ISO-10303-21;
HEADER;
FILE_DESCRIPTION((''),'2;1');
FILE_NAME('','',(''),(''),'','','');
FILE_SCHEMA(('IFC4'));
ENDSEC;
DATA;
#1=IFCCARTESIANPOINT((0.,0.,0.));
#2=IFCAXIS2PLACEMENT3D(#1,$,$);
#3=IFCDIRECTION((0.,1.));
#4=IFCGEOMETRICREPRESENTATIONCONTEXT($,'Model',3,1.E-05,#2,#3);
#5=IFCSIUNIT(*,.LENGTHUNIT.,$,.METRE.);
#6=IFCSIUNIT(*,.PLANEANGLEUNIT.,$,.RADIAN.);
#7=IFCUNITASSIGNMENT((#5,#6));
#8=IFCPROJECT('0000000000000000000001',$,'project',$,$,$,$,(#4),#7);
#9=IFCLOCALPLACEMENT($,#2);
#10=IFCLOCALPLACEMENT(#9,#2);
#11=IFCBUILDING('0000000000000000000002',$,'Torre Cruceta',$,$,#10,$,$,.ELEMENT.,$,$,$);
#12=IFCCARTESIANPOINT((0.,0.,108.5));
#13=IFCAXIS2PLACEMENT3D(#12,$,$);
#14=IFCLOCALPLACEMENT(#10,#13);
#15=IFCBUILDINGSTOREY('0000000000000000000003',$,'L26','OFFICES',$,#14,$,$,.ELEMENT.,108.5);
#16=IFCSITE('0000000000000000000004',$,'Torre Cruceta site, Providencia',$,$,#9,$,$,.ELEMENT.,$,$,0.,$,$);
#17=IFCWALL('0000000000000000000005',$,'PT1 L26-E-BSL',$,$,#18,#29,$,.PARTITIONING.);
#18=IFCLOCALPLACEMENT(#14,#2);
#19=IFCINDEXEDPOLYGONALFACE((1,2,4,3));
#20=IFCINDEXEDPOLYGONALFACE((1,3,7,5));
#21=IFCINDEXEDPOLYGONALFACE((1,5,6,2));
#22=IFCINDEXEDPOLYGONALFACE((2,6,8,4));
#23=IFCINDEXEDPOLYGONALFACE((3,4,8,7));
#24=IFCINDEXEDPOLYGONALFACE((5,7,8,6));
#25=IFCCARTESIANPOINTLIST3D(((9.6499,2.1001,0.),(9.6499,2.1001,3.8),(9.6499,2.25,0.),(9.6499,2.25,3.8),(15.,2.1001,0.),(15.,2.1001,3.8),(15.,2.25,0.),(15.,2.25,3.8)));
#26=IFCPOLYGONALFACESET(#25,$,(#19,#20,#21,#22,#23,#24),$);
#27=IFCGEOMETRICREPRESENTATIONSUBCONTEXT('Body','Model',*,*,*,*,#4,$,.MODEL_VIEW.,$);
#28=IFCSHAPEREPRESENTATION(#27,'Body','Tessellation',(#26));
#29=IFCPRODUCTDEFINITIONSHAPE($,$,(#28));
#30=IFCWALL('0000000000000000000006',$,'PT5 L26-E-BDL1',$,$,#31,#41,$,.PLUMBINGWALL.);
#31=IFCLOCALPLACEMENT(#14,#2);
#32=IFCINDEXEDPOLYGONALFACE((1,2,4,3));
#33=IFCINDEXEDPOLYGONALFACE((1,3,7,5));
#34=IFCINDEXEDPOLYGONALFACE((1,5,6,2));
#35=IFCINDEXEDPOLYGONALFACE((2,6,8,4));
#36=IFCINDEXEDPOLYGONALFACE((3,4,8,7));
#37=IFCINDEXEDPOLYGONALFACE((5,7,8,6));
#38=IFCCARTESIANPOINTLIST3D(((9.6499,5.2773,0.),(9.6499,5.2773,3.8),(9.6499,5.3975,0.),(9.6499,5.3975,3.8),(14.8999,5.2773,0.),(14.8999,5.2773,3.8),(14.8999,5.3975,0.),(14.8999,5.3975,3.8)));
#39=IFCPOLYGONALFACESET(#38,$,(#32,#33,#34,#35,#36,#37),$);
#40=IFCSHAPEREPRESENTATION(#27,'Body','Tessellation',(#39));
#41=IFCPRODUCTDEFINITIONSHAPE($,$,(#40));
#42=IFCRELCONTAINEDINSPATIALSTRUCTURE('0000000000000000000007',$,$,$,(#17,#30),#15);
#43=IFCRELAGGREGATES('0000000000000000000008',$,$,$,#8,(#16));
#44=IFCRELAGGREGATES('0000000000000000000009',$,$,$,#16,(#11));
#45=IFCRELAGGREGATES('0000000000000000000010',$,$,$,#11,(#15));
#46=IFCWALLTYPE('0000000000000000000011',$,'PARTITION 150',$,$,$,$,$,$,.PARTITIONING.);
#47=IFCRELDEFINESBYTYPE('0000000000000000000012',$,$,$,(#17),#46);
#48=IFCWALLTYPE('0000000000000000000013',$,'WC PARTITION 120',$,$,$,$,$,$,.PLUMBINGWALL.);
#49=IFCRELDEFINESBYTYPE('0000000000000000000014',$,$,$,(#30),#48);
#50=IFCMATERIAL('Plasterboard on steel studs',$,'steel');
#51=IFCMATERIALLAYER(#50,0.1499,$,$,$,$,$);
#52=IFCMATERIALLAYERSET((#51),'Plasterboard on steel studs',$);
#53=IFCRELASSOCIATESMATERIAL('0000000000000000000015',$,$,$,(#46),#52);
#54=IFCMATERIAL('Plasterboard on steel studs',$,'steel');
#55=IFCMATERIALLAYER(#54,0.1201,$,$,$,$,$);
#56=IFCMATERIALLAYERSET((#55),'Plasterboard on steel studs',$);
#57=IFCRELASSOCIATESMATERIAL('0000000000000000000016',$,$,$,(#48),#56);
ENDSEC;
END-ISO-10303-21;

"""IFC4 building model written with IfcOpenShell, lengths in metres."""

from ifc_helpers import new_model, si_unit, direction, frame, frame_2d, origin, place, context, subcontext, project, spatial, rectangle, extrude, material, layer, layer_set, type_object, element, save


model = new_model("IFC4")

# Units and contexts
model_context = context("Model", 3, precision=1e-05, world=origin(), true_north=direction((0.0, 1.0)))
body_context = subcontext(model_context, "Body", "Model", "MODEL_VIEW")
ifc_project = project(units=[si_unit("LENGTHUNIT", "METRE"), si_unit("PLANEANGLEUNIT", "RADIAN")], contexts=[model_context])

# Site, building, storey
site_placement = place(None, origin())
site = spatial("IfcSite", under=ifc_project, at=site_placement, Name="Torre Cruceta site, Providencia", CompositionType="ELEMENT", RefElevation=0.0)
building_placement = place(site_placement, origin())
building = spatial("IfcBuilding", under=site, at=building_placement, Name="Torre Cruceta", CompositionType="ELEMENT")
storey_placement = place(building_placement, frame((0.0, 0.0, 108.5)))
storey = spatial("IfcBuildingStorey", under=building, at=storey_placement, Name="L26", Description="OFFICES", CompositionType="ELEMENT", Elevation=108.5)

# Shared definitions
ifc_material_1 = material(Name="Plasterboard on steel studs", Category="steel")
ifc_layer_1 = layer(ifc_material_1, 0.1499)
ifc_layer_set_1 = layer_set([ifc_layer_1], Name="Plasterboard on steel studs")
wall_type_1 = type_object("IfcWallType", Name="PARTITION 150", PredefinedType="PARTITIONING", material=ifc_layer_set_1)

# Walls
wall_1_placement = place(storey_placement, frame((9.6499, 2.175, 0.0), z_axis=(0.0, 0.0, 1.0), x_axis=(1.0, 0.0, 0.0)))
element("IfcWall", 1, at=wall_1_placement, inside=storey, type_object=wall_type_1, Name="PT1 L26-E-BSL", PredefinedType="PARTITIONING", context=body_context, shape_type="SweptSolid", body=[
    extrude(rectangle(XDim=5.3501, YDim=0.1499, at=frame_2d((2.675, 0.0))), origin(), (0.0, 0.0, 1.0), 3.8),
])
ifc_material_2 = material(Name="Plasterboard on steel studs", Category="steel")
ifc_layer_2 = layer(ifc_material_2, 0.1201)
ifc_layer_set_2 = layer_set([ifc_layer_2], Name="Plasterboard on steel studs")
wall_type_2 = type_object("IfcWallType", Name="WC PARTITION 120", PredefinedType="PLUMBINGWALL", material=ifc_layer_set_2)
wall_2_placement = place(storey_placement, frame((9.6499, 5.3374, 0.0), z_axis=(0.0, 0.0, 1.0), x_axis=(1.0, 0.0, 0.0)))
element("IfcWall", 2, at=wall_2_placement, inside=storey, type_object=wall_type_2, Name="PT5 L26-E-BDL1", PredefinedType="PLUMBINGWALL", context=body_context, shape_type="SweptSolid", body=[
    extrude(rectangle(XDim=5.25, YDim=0.1201, at=frame_2d((2.625, 0.0))), origin(), (0.0, 0.0, 1.0), 3.8),
])

save(model, "model.ifc")
